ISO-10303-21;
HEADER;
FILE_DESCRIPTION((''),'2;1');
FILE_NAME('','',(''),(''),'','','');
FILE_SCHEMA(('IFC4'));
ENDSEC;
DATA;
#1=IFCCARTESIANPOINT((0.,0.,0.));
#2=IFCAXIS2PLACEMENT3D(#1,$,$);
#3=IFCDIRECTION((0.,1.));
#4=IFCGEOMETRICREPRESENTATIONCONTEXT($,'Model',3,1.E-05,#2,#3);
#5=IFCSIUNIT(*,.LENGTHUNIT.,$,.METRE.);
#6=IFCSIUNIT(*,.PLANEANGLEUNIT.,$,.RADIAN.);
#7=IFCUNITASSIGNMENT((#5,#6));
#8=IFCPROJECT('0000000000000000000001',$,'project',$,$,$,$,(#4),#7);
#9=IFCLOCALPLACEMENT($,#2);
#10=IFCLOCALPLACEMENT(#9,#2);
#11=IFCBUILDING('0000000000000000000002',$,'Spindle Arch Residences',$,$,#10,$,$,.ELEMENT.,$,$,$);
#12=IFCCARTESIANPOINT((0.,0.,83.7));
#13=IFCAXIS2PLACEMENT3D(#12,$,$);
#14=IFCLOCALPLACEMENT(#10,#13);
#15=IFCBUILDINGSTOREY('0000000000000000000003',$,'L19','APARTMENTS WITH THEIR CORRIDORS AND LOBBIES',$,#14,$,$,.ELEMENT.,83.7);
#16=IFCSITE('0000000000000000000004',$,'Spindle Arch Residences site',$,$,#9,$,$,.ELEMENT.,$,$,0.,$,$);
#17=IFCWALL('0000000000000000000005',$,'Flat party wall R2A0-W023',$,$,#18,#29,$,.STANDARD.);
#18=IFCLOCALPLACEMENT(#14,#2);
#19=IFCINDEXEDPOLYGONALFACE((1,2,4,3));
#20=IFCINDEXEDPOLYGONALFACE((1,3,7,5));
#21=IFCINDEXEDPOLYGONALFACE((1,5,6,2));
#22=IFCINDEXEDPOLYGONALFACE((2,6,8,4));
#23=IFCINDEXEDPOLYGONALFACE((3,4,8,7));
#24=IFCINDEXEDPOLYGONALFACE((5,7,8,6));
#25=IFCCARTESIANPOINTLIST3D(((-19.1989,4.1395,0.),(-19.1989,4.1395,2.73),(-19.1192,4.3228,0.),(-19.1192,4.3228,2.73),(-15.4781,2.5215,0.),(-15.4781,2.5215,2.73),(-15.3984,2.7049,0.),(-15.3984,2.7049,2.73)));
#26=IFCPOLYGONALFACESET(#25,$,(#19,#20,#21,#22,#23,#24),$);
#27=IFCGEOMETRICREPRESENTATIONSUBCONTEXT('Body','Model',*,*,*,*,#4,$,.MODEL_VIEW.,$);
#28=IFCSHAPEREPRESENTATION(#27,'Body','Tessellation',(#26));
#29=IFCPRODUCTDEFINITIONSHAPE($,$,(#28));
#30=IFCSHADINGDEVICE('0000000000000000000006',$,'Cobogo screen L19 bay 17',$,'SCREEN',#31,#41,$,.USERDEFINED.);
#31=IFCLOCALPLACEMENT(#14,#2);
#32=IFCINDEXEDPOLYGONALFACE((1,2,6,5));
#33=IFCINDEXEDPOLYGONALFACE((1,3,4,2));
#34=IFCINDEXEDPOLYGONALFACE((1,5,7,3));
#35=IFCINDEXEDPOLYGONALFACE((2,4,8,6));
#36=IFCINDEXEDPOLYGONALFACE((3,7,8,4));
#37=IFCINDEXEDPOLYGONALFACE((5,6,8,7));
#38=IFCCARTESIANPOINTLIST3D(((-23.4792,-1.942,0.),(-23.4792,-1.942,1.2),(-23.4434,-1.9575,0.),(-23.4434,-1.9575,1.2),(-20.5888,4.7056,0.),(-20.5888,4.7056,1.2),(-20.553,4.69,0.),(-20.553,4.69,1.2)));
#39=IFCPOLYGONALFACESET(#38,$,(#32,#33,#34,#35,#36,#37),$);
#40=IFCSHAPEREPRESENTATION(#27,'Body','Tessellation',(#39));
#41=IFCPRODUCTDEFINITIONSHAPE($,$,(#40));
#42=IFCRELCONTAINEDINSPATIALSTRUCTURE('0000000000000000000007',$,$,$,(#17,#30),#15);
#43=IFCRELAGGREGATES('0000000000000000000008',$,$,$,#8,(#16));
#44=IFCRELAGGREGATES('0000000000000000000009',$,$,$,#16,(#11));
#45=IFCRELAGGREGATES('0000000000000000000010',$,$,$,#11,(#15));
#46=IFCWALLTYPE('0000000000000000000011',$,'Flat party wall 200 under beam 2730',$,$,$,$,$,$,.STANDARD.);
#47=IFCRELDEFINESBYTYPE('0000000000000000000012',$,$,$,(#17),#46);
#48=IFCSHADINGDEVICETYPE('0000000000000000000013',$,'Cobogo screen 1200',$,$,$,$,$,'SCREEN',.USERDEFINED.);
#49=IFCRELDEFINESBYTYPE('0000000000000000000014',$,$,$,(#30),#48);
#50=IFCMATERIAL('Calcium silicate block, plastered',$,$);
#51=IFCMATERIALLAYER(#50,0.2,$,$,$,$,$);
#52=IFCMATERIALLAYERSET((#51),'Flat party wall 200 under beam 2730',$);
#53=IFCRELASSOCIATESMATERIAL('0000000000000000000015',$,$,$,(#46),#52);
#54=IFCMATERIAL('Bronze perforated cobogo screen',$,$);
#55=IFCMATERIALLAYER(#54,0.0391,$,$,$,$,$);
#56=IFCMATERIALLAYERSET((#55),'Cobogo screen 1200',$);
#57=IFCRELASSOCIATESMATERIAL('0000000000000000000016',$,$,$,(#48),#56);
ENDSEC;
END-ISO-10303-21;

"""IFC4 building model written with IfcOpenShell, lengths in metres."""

from ifc_helpers import new_model, si_unit, direction, frame, frame_2d, origin, origin_2d, place, context, subcontext, project, spatial, rectangle, extrude, material, layer, layer_set, type_object, element, save


model = new_model("IFC4")

# Units and contexts
model_context = context("Model", 3, precision=1e-05, world=origin(), true_north=direction((0.0, 1.0)))
body_context = subcontext(model_context, "Body", "Model", "MODEL_VIEW")
ifc_project = project(units=[si_unit("LENGTHUNIT", "METRE"), si_unit("PLANEANGLEUNIT", "RADIAN")], contexts=[model_context])

# Site, building, storey
site_placement = place(None, origin())
site = spatial("IfcSite", under=ifc_project, at=site_placement, Name="Spindle Arch Residences site", CompositionType="ELEMENT", RefElevation=0.0)
building_placement = place(site_placement, origin())
building = spatial("IfcBuilding", under=site, at=building_placement, Name="Spindle Arch Residences", CompositionType="ELEMENT")
storey_placement = place(building_placement, frame((0.0, 0.0, 83.7)))
storey = spatial("IfcBuildingStorey", under=building, at=storey_placement, Name="L19", Description="APARTMENTS WITH THEIR CORRIDORS AND LOBBIES", CompositionType="ELEMENT", Elevation=83.7)

# Wall
ifc_material_1 = material(Name="Calcium silicate block, plastered")
ifc_layer_1 = layer(ifc_material_1, 0.2)
ifc_layer_set_1 = layer_set([ifc_layer_1], Name="Flat party wall 200 under beam 2730")
wall_type_1 = type_object("IfcWallType", Name="Flat party wall 200 under beam 2730", PredefinedType="STANDARD", material=ifc_layer_set_1)
wall_1_placement = place(storey_placement, frame((-19.1592, 4.2312, 0.0), z_axis=(0.0, 0.0, 1.0), x_axis=(0.91705, -0.398772, 0.0)))
element("IfcWall", 1, at=wall_1_placement, inside=storey, type_object=wall_type_1, Name="Flat party wall R2A0-W023", PredefinedType="STANDARD", context=body_context, shape_type="SweptSolid", body=[
    extrude(rectangle(XDim=4.0574, YDim=0.2, at=frame_2d((2.0288, 0.0))), origin(), (0.0, 0.0, 1.0), 2.73),
])

# Shading device
ifc_material_2 = material(Name="Bronze perforated cobogo screen")
ifc_layer_2 = layer(ifc_material_2, 0.0391)
ifc_layer_set_2 = layer_set([ifc_layer_2], Name="Cobogo screen 1200")
shading_device_type = type_object("IfcShadingDeviceType", Name="Cobogo screen 1200", ElementType="SCREEN", PredefinedType="USERDEFINED", material=ifc_layer_set_2)
shading_device_placement = place(storey_placement, frame((-22.0161, 1.374, 0.0), z_axis=(0.0, 0.0, 1.0), x_axis=(-0.398749, -0.91706, 0.0)))
element("IfcShadingDevice", 2, at=shading_device_placement, inside=storey, type_object=shading_device_type, Name="Cobogo screen L19 bay 17", ObjectType="SCREEN", PredefinedType="USERDEFINED", context=body_context, shape_type="SweptSolid", body=[
    extrude(rectangle(XDim=7.2488, YDim=0.0391, at=origin_2d()), origin(), (0.0, 0.0, 1.0), 1.2),
])

save(model, "model.ifc")
